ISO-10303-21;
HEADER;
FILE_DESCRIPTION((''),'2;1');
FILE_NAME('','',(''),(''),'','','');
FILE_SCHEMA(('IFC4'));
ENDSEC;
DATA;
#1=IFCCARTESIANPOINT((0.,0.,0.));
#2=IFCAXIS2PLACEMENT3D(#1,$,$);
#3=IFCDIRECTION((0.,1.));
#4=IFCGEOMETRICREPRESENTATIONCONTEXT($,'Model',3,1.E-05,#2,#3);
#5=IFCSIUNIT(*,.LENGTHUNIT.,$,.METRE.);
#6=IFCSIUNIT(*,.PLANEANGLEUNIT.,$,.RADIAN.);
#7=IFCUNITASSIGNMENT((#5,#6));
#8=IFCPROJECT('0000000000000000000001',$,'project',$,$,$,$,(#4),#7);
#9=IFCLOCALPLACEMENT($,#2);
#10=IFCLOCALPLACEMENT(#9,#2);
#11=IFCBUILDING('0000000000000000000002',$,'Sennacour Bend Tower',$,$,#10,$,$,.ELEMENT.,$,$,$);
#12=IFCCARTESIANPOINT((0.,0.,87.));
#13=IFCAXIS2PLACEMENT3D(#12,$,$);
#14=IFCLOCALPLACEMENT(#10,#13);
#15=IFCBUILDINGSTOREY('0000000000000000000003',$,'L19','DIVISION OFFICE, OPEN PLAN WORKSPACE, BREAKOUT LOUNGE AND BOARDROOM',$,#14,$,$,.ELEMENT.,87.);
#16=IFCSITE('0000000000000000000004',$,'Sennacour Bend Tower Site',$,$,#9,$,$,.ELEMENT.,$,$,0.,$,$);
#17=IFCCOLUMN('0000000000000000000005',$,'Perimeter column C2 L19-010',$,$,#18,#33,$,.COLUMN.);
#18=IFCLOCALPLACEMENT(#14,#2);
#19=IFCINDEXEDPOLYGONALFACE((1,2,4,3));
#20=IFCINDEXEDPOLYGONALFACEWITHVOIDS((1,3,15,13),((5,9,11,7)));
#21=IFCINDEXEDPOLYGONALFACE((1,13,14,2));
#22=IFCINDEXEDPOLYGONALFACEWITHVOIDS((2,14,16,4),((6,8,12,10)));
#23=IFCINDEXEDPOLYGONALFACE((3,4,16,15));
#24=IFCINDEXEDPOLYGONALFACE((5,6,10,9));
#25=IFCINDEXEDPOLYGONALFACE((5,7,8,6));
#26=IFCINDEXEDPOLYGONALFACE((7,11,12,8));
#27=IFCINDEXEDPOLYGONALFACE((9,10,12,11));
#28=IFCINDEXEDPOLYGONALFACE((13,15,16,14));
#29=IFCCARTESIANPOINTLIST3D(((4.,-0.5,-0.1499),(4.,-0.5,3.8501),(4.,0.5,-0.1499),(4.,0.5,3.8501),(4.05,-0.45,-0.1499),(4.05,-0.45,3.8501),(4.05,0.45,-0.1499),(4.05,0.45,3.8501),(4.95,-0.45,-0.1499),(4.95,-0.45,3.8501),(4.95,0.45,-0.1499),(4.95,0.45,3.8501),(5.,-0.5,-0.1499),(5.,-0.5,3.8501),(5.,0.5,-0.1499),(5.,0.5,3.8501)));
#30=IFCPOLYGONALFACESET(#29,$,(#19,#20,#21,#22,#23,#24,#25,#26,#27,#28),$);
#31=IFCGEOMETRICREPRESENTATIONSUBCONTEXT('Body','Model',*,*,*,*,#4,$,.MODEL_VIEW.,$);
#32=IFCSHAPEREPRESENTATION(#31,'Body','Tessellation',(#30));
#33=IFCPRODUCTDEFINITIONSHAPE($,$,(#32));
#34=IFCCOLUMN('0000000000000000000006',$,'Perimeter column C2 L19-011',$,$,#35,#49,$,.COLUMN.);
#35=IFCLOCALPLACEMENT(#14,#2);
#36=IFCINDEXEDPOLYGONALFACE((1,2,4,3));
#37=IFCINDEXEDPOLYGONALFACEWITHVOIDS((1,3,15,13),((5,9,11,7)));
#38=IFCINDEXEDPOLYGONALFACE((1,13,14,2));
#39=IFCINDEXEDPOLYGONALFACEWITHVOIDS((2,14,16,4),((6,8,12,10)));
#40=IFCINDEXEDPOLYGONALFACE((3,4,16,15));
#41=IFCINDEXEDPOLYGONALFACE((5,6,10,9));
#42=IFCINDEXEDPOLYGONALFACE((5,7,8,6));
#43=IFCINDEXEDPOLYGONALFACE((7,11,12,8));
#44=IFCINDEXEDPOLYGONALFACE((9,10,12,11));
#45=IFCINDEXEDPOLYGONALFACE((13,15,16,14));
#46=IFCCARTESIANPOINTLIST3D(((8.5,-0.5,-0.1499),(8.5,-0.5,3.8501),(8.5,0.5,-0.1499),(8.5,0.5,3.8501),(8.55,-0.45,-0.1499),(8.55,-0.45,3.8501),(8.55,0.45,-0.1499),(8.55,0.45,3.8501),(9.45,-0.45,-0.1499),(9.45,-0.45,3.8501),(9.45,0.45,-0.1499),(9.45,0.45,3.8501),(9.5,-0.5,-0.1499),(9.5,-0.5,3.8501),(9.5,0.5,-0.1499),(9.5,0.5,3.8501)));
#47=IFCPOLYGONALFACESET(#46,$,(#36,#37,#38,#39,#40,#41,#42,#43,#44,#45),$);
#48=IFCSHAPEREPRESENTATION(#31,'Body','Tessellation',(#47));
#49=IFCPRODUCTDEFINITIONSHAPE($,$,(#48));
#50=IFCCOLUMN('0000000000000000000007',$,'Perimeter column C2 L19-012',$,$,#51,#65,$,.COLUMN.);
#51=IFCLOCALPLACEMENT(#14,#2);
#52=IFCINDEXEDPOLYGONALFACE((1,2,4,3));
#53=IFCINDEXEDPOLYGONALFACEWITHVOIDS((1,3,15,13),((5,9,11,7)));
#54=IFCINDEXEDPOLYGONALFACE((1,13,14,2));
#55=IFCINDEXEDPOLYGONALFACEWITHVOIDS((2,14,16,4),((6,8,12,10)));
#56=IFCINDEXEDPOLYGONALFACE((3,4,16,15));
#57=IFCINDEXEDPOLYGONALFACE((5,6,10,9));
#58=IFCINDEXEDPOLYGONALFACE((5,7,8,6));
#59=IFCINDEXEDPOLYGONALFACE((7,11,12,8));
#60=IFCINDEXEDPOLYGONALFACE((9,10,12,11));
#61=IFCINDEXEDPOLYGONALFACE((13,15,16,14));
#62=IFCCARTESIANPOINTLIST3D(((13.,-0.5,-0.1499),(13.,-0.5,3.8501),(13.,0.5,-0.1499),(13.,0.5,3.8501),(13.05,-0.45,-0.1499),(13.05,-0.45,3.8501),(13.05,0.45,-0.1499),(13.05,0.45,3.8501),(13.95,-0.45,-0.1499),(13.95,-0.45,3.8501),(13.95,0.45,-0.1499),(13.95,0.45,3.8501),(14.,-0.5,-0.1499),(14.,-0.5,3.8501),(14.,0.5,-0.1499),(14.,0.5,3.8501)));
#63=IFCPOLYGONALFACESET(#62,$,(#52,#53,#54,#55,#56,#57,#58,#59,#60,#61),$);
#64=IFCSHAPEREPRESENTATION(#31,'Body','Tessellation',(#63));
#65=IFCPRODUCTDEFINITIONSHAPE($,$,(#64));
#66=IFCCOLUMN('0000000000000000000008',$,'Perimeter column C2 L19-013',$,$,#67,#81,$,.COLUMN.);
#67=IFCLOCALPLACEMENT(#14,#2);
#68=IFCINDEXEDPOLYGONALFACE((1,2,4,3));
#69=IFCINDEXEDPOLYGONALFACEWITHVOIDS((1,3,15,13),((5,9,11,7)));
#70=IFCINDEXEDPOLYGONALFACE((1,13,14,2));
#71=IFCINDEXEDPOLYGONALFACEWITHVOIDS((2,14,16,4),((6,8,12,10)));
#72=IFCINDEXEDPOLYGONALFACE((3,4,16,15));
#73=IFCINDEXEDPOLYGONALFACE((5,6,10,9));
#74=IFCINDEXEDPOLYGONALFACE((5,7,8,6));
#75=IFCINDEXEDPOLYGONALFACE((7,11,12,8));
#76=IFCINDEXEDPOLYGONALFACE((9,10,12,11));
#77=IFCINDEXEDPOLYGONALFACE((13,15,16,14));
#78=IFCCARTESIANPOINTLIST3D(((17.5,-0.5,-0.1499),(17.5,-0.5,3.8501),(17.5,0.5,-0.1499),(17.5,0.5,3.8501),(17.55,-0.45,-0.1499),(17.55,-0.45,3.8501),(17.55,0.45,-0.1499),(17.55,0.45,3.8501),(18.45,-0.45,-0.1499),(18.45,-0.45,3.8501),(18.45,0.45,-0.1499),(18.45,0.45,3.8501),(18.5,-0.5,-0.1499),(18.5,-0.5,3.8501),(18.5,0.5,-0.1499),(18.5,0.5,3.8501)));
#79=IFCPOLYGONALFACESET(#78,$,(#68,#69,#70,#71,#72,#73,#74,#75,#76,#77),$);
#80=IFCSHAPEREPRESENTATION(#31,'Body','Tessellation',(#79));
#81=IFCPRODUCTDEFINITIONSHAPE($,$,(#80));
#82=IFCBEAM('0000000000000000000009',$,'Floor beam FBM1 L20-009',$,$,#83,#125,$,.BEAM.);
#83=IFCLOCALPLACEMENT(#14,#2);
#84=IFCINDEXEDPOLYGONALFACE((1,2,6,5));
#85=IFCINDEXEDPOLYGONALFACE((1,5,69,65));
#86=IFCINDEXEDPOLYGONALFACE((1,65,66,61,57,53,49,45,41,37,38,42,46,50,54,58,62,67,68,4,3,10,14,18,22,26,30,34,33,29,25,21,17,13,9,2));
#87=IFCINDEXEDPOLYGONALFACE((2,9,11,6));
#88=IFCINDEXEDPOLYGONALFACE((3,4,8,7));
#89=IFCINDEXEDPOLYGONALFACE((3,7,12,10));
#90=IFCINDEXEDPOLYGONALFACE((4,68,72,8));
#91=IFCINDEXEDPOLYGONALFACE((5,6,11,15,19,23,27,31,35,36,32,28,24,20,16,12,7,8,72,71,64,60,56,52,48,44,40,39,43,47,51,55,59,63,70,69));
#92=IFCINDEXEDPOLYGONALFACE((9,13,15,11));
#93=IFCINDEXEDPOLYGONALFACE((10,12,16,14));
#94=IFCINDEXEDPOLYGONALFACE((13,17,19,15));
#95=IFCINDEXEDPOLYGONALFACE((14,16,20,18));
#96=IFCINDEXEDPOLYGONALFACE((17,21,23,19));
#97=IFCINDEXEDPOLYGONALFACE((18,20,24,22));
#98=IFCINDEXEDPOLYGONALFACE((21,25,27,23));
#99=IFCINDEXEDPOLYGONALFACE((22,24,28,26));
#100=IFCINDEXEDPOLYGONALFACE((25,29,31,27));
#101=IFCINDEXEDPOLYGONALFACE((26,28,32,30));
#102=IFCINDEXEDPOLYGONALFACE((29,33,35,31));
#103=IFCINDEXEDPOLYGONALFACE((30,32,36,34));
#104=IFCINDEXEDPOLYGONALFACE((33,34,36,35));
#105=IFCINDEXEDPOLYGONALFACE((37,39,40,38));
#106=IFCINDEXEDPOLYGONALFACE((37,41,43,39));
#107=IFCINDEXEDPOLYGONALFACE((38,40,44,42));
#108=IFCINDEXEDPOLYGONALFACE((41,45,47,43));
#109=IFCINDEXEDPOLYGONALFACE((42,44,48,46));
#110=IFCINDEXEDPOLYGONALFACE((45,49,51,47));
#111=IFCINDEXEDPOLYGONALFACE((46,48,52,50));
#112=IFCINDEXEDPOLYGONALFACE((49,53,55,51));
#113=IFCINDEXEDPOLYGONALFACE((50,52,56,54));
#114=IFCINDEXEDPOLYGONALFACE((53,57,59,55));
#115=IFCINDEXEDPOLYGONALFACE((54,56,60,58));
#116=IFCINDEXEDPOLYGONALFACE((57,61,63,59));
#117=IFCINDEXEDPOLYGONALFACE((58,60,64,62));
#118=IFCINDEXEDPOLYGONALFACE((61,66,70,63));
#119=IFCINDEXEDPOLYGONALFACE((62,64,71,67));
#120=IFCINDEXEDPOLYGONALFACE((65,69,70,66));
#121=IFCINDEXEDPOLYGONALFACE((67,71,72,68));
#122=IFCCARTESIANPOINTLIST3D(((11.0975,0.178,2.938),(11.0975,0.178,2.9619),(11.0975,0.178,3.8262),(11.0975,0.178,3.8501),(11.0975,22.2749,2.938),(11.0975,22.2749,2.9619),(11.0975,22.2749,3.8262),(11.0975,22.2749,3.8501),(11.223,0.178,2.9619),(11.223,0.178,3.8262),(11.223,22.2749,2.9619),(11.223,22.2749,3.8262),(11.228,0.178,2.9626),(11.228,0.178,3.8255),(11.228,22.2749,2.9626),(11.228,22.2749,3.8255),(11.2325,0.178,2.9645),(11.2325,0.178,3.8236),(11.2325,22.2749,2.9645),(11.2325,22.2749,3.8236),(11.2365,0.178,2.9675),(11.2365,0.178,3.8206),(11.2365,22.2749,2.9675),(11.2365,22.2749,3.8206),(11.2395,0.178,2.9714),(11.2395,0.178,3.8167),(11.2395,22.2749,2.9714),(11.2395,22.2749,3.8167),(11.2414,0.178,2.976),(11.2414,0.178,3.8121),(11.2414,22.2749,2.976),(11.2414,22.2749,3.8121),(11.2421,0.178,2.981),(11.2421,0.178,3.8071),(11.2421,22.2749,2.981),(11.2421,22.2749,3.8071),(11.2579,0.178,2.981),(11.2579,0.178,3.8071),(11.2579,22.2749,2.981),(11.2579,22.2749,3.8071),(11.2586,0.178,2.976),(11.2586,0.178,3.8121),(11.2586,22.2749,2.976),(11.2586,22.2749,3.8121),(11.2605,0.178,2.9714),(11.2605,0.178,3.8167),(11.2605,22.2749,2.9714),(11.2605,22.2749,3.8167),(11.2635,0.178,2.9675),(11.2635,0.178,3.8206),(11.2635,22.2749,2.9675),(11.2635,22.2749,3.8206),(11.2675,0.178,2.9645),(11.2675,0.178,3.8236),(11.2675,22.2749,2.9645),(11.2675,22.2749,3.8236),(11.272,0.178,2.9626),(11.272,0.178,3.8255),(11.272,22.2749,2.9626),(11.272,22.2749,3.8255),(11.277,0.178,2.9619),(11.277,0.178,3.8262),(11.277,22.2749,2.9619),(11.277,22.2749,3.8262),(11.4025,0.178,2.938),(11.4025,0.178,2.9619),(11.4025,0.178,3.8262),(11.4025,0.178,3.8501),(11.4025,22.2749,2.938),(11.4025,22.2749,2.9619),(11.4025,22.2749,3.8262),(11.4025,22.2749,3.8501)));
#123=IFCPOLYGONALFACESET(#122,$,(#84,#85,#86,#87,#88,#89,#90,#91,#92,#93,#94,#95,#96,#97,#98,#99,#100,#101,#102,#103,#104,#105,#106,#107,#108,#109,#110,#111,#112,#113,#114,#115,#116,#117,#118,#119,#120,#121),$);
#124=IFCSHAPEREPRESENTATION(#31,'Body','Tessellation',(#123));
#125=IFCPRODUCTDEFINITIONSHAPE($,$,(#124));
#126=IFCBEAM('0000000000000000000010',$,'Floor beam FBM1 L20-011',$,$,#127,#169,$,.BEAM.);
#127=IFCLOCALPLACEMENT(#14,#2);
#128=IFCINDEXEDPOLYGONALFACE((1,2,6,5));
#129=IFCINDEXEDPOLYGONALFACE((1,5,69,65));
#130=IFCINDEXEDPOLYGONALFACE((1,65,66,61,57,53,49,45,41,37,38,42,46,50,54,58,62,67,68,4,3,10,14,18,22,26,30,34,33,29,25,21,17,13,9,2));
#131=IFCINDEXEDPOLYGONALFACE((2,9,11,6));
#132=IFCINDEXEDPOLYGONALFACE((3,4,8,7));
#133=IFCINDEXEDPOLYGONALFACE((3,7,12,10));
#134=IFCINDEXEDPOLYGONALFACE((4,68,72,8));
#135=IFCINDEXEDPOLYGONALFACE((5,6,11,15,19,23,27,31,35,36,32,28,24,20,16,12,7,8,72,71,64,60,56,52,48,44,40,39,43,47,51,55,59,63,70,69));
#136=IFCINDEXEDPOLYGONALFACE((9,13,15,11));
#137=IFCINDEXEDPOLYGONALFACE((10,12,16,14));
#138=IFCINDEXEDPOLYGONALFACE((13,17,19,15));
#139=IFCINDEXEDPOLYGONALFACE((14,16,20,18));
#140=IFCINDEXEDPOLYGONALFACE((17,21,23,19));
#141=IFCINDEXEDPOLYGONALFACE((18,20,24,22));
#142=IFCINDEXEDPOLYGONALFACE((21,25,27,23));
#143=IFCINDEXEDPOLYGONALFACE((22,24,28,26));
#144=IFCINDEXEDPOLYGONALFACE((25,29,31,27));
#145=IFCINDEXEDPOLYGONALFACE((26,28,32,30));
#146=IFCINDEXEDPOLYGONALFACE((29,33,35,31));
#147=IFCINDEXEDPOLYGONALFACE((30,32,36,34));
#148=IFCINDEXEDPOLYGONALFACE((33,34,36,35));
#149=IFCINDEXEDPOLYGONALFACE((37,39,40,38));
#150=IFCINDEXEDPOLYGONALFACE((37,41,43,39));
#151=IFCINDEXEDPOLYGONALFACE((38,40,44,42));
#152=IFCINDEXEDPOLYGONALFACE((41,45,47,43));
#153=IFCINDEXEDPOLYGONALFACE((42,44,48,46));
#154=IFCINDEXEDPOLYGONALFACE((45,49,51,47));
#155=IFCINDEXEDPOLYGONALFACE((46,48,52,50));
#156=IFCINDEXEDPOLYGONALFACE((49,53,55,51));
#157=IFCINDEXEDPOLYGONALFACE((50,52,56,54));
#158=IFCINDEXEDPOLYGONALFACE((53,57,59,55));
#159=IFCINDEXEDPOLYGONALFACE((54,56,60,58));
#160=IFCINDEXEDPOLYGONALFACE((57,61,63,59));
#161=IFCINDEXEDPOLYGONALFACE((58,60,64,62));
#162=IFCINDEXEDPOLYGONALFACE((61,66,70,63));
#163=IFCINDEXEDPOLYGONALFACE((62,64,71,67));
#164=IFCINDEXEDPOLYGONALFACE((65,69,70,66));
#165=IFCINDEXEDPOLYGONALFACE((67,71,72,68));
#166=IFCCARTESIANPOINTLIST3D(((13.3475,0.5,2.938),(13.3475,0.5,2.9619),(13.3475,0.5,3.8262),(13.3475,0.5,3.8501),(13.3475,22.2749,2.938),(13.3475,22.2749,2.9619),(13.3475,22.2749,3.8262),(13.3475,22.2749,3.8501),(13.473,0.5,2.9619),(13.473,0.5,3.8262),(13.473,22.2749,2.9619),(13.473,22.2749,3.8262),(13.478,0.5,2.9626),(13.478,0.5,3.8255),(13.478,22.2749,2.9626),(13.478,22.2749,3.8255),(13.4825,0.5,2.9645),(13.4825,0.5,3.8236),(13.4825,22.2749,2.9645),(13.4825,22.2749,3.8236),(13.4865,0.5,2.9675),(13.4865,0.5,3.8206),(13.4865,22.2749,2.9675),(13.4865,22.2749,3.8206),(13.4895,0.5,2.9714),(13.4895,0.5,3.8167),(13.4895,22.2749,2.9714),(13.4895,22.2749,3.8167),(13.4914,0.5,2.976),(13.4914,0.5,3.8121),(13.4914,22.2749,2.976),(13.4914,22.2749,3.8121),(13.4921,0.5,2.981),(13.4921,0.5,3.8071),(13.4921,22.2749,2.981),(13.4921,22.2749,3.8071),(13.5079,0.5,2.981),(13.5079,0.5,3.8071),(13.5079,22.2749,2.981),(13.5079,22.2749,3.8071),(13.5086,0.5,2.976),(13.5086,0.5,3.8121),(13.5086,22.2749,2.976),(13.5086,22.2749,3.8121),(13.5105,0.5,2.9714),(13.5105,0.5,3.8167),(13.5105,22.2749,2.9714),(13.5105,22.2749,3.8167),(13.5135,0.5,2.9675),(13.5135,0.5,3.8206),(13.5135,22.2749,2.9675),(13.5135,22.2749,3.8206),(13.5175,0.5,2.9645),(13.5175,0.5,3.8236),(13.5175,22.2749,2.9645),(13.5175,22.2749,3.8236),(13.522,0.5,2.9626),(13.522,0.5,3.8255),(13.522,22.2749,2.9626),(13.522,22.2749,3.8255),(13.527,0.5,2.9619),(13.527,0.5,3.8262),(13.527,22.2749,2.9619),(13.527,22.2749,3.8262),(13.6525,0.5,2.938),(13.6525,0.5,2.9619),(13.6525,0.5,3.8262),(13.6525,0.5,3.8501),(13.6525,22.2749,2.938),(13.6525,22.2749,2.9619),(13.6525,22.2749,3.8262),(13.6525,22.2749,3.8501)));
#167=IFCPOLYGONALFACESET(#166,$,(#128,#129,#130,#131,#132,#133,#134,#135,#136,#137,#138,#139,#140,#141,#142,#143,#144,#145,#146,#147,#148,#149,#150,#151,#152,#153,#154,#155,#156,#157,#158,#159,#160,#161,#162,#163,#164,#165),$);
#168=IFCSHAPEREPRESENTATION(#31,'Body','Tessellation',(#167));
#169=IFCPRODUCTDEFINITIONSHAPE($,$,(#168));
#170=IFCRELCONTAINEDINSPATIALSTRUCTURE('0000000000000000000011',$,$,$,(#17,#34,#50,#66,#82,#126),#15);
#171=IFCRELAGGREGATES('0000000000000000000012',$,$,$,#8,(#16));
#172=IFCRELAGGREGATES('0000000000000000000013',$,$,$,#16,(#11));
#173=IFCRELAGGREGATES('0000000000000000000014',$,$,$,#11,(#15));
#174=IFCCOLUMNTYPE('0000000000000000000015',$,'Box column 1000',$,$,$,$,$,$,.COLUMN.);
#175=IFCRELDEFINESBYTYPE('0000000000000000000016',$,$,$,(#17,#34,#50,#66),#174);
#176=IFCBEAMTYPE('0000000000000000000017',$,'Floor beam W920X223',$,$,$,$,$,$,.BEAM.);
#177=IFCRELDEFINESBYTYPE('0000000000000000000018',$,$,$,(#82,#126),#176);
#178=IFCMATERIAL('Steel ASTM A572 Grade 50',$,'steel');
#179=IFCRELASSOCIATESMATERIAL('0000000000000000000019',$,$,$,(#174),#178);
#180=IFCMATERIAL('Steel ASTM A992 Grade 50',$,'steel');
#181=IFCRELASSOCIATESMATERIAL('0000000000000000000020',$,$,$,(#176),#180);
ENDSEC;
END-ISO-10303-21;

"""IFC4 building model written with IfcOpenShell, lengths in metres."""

from ifc_helpers import new_model, si_unit, direction, frame, origin, origin_2d, place, context, subcontext, project, spatial, hollow_rectangle, i_section, extrude, material, material_profile, profile_set, type_object, element, save


model = new_model("IFC4")

# Units and contexts
model_context = context("Model", 3, precision=1e-05, world=origin(), true_north=direction((0.0, 1.0)))
body_context = subcontext(model_context, "Body", "Model", "MODEL_VIEW")
ifc_project = project(units=[si_unit("LENGTHUNIT", "METRE"), si_unit("PLANEANGLEUNIT", "RADIAN")], contexts=[model_context])

# Site, building, storey
site_placement = place(None, origin())
site = spatial("IfcSite", under=ifc_project, at=site_placement, Name="Sennacour Bend Tower Site", CompositionType="ELEMENT", RefElevation=0.0)
building_placement = place(site_placement, origin())
building = spatial("IfcBuilding", under=site, at=building_placement, Name="Sennacour Bend Tower", CompositionType="ELEMENT")
storey_placement = place(building_placement, frame((0.0, 0.0, 87.0)))
storey = spatial("IfcBuildingStorey", under=building, at=storey_placement, Name="L19", Description="DIVISION OFFICE, OPEN PLAN WORKSPACE, BREAKOUT LOUNGE AND BOARDROOM", CompositionType="ELEMENT", Elevation=87.0)

# Columns
ifc_material_1 = material(Name="Steel ASTM A572 Grade 50", Category="steel")
ifc_material_profile_1 = material_profile(ifc_material_1, hollow_rectangle(XDim=1.0, YDim=1.0, WallThickness=0.05, at=origin_2d()), Name="Steel ASTM A572 Grade 50", Category="steel")
ifc_profile_set_1 = profile_set([ifc_material_profile_1], Name="Steel ASTM A572 Grade 50")
column_type = type_object("IfcColumnType", Name="Box column 1000", PredefinedType="COLUMN", material=ifc_profile_set_1)
for number, where, z_axis, x_axis, name in (
    (1, (4.5, 0.0, -0.1499), (0.0, 0.0, 1.0), (1.0, 0.0, 0.0), "Perimeter column C2 L19-010"),
    (2, (9.0, 0.0, -0.1499), (0.0, 0.0, 1.0), (1.0, 0.0, 0.0), "Perimeter column C2 L19-011"),
    (3, (13.5, 0.0, -0.1499), (0.0, 0.0, 1.0), (1.0, 0.0, 0.0), "Perimeter column C2 L19-012"),
    (4, (18.0, 0.0, -0.1499), (0.0, 0.0, 1.0), (1.0, 0.0, 0.0), "Perimeter column C2 L19-013"),
):
    element("IfcColumn", number, at=place(storey_placement, frame(where, z_axis=z_axis, x_axis=x_axis)), inside=storey, type_object=column_type, Name=name, PredefinedType="COLUMN", context=body_context, shape_type="SweptSolid", body=[
        extrude(hollow_rectangle(XDim=1.0, YDim=1.0, WallThickness=0.05, at=origin_2d()), origin(), (0.0, 0.0, 1.0), 4.0),
    ])

# Beams
ifc_material_2 = material(Name="Steel ASTM A992 Grade 50", Category="steel")
ifc_material_profile_2 = material_profile(ifc_material_2, i_section(OverallWidth=0.3049, OverallDepth=0.9121, WebThickness=0.0159, FlangeThickness=0.0239, FilletRadius=0.019, at=origin_2d()), Name="Steel ASTM A992 Grade 50", Category="steel")
ifc_profile_set_2 = profile_set([ifc_material_profile_2], Name="Steel ASTM A992 Grade 50")
beam_type_1 = type_object("IfcBeamType", Name="Floor beam W920X223", PredefinedType="BEAM", material=ifc_profile_set_2)
beam_1_placement = place(storey_placement, frame((11.25, 0.178, 3.394), z_axis=(0.0, 1.0, 0.0), x_axis=(-1.0, 0.0, 0.0)))
element("IfcBeam", 5, at=beam_1_placement, inside=storey, type_object=beam_type_1, Name="Floor beam FBM1 L20-009", PredefinedType="BEAM", context=body_context, shape_type="SweptSolid", body=[
    extrude(i_section(OverallWidth=0.3049, OverallDepth=0.9121, WebThickness=0.0159, FlangeThickness=0.0239, FilletRadius=0.019, at=origin_2d()), origin(), (0.0, 0.0, 1.0), 22.0969),
])
beam_2_placement = place(storey_placement, frame((13.5, 0.5, 3.394), z_axis=(0.0, 1.0, 0.0), x_axis=(-1.0, 0.0, 0.0)))
element("IfcBeam", 6, at=beam_2_placement, inside=storey, type_object=beam_type_1, Name="Floor beam FBM1 L20-011", PredefinedType="BEAM", context=body_context, shape_type="SweptSolid", body=[
    extrude(i_section(OverallWidth=0.3049, OverallDepth=0.9121, WebThickness=0.0159, FlangeThickness=0.0239, FilletRadius=0.019, at=origin_2d()), origin(), (0.0, 0.0, 1.0), 21.7749),
])

save(model, "model.ifc")
